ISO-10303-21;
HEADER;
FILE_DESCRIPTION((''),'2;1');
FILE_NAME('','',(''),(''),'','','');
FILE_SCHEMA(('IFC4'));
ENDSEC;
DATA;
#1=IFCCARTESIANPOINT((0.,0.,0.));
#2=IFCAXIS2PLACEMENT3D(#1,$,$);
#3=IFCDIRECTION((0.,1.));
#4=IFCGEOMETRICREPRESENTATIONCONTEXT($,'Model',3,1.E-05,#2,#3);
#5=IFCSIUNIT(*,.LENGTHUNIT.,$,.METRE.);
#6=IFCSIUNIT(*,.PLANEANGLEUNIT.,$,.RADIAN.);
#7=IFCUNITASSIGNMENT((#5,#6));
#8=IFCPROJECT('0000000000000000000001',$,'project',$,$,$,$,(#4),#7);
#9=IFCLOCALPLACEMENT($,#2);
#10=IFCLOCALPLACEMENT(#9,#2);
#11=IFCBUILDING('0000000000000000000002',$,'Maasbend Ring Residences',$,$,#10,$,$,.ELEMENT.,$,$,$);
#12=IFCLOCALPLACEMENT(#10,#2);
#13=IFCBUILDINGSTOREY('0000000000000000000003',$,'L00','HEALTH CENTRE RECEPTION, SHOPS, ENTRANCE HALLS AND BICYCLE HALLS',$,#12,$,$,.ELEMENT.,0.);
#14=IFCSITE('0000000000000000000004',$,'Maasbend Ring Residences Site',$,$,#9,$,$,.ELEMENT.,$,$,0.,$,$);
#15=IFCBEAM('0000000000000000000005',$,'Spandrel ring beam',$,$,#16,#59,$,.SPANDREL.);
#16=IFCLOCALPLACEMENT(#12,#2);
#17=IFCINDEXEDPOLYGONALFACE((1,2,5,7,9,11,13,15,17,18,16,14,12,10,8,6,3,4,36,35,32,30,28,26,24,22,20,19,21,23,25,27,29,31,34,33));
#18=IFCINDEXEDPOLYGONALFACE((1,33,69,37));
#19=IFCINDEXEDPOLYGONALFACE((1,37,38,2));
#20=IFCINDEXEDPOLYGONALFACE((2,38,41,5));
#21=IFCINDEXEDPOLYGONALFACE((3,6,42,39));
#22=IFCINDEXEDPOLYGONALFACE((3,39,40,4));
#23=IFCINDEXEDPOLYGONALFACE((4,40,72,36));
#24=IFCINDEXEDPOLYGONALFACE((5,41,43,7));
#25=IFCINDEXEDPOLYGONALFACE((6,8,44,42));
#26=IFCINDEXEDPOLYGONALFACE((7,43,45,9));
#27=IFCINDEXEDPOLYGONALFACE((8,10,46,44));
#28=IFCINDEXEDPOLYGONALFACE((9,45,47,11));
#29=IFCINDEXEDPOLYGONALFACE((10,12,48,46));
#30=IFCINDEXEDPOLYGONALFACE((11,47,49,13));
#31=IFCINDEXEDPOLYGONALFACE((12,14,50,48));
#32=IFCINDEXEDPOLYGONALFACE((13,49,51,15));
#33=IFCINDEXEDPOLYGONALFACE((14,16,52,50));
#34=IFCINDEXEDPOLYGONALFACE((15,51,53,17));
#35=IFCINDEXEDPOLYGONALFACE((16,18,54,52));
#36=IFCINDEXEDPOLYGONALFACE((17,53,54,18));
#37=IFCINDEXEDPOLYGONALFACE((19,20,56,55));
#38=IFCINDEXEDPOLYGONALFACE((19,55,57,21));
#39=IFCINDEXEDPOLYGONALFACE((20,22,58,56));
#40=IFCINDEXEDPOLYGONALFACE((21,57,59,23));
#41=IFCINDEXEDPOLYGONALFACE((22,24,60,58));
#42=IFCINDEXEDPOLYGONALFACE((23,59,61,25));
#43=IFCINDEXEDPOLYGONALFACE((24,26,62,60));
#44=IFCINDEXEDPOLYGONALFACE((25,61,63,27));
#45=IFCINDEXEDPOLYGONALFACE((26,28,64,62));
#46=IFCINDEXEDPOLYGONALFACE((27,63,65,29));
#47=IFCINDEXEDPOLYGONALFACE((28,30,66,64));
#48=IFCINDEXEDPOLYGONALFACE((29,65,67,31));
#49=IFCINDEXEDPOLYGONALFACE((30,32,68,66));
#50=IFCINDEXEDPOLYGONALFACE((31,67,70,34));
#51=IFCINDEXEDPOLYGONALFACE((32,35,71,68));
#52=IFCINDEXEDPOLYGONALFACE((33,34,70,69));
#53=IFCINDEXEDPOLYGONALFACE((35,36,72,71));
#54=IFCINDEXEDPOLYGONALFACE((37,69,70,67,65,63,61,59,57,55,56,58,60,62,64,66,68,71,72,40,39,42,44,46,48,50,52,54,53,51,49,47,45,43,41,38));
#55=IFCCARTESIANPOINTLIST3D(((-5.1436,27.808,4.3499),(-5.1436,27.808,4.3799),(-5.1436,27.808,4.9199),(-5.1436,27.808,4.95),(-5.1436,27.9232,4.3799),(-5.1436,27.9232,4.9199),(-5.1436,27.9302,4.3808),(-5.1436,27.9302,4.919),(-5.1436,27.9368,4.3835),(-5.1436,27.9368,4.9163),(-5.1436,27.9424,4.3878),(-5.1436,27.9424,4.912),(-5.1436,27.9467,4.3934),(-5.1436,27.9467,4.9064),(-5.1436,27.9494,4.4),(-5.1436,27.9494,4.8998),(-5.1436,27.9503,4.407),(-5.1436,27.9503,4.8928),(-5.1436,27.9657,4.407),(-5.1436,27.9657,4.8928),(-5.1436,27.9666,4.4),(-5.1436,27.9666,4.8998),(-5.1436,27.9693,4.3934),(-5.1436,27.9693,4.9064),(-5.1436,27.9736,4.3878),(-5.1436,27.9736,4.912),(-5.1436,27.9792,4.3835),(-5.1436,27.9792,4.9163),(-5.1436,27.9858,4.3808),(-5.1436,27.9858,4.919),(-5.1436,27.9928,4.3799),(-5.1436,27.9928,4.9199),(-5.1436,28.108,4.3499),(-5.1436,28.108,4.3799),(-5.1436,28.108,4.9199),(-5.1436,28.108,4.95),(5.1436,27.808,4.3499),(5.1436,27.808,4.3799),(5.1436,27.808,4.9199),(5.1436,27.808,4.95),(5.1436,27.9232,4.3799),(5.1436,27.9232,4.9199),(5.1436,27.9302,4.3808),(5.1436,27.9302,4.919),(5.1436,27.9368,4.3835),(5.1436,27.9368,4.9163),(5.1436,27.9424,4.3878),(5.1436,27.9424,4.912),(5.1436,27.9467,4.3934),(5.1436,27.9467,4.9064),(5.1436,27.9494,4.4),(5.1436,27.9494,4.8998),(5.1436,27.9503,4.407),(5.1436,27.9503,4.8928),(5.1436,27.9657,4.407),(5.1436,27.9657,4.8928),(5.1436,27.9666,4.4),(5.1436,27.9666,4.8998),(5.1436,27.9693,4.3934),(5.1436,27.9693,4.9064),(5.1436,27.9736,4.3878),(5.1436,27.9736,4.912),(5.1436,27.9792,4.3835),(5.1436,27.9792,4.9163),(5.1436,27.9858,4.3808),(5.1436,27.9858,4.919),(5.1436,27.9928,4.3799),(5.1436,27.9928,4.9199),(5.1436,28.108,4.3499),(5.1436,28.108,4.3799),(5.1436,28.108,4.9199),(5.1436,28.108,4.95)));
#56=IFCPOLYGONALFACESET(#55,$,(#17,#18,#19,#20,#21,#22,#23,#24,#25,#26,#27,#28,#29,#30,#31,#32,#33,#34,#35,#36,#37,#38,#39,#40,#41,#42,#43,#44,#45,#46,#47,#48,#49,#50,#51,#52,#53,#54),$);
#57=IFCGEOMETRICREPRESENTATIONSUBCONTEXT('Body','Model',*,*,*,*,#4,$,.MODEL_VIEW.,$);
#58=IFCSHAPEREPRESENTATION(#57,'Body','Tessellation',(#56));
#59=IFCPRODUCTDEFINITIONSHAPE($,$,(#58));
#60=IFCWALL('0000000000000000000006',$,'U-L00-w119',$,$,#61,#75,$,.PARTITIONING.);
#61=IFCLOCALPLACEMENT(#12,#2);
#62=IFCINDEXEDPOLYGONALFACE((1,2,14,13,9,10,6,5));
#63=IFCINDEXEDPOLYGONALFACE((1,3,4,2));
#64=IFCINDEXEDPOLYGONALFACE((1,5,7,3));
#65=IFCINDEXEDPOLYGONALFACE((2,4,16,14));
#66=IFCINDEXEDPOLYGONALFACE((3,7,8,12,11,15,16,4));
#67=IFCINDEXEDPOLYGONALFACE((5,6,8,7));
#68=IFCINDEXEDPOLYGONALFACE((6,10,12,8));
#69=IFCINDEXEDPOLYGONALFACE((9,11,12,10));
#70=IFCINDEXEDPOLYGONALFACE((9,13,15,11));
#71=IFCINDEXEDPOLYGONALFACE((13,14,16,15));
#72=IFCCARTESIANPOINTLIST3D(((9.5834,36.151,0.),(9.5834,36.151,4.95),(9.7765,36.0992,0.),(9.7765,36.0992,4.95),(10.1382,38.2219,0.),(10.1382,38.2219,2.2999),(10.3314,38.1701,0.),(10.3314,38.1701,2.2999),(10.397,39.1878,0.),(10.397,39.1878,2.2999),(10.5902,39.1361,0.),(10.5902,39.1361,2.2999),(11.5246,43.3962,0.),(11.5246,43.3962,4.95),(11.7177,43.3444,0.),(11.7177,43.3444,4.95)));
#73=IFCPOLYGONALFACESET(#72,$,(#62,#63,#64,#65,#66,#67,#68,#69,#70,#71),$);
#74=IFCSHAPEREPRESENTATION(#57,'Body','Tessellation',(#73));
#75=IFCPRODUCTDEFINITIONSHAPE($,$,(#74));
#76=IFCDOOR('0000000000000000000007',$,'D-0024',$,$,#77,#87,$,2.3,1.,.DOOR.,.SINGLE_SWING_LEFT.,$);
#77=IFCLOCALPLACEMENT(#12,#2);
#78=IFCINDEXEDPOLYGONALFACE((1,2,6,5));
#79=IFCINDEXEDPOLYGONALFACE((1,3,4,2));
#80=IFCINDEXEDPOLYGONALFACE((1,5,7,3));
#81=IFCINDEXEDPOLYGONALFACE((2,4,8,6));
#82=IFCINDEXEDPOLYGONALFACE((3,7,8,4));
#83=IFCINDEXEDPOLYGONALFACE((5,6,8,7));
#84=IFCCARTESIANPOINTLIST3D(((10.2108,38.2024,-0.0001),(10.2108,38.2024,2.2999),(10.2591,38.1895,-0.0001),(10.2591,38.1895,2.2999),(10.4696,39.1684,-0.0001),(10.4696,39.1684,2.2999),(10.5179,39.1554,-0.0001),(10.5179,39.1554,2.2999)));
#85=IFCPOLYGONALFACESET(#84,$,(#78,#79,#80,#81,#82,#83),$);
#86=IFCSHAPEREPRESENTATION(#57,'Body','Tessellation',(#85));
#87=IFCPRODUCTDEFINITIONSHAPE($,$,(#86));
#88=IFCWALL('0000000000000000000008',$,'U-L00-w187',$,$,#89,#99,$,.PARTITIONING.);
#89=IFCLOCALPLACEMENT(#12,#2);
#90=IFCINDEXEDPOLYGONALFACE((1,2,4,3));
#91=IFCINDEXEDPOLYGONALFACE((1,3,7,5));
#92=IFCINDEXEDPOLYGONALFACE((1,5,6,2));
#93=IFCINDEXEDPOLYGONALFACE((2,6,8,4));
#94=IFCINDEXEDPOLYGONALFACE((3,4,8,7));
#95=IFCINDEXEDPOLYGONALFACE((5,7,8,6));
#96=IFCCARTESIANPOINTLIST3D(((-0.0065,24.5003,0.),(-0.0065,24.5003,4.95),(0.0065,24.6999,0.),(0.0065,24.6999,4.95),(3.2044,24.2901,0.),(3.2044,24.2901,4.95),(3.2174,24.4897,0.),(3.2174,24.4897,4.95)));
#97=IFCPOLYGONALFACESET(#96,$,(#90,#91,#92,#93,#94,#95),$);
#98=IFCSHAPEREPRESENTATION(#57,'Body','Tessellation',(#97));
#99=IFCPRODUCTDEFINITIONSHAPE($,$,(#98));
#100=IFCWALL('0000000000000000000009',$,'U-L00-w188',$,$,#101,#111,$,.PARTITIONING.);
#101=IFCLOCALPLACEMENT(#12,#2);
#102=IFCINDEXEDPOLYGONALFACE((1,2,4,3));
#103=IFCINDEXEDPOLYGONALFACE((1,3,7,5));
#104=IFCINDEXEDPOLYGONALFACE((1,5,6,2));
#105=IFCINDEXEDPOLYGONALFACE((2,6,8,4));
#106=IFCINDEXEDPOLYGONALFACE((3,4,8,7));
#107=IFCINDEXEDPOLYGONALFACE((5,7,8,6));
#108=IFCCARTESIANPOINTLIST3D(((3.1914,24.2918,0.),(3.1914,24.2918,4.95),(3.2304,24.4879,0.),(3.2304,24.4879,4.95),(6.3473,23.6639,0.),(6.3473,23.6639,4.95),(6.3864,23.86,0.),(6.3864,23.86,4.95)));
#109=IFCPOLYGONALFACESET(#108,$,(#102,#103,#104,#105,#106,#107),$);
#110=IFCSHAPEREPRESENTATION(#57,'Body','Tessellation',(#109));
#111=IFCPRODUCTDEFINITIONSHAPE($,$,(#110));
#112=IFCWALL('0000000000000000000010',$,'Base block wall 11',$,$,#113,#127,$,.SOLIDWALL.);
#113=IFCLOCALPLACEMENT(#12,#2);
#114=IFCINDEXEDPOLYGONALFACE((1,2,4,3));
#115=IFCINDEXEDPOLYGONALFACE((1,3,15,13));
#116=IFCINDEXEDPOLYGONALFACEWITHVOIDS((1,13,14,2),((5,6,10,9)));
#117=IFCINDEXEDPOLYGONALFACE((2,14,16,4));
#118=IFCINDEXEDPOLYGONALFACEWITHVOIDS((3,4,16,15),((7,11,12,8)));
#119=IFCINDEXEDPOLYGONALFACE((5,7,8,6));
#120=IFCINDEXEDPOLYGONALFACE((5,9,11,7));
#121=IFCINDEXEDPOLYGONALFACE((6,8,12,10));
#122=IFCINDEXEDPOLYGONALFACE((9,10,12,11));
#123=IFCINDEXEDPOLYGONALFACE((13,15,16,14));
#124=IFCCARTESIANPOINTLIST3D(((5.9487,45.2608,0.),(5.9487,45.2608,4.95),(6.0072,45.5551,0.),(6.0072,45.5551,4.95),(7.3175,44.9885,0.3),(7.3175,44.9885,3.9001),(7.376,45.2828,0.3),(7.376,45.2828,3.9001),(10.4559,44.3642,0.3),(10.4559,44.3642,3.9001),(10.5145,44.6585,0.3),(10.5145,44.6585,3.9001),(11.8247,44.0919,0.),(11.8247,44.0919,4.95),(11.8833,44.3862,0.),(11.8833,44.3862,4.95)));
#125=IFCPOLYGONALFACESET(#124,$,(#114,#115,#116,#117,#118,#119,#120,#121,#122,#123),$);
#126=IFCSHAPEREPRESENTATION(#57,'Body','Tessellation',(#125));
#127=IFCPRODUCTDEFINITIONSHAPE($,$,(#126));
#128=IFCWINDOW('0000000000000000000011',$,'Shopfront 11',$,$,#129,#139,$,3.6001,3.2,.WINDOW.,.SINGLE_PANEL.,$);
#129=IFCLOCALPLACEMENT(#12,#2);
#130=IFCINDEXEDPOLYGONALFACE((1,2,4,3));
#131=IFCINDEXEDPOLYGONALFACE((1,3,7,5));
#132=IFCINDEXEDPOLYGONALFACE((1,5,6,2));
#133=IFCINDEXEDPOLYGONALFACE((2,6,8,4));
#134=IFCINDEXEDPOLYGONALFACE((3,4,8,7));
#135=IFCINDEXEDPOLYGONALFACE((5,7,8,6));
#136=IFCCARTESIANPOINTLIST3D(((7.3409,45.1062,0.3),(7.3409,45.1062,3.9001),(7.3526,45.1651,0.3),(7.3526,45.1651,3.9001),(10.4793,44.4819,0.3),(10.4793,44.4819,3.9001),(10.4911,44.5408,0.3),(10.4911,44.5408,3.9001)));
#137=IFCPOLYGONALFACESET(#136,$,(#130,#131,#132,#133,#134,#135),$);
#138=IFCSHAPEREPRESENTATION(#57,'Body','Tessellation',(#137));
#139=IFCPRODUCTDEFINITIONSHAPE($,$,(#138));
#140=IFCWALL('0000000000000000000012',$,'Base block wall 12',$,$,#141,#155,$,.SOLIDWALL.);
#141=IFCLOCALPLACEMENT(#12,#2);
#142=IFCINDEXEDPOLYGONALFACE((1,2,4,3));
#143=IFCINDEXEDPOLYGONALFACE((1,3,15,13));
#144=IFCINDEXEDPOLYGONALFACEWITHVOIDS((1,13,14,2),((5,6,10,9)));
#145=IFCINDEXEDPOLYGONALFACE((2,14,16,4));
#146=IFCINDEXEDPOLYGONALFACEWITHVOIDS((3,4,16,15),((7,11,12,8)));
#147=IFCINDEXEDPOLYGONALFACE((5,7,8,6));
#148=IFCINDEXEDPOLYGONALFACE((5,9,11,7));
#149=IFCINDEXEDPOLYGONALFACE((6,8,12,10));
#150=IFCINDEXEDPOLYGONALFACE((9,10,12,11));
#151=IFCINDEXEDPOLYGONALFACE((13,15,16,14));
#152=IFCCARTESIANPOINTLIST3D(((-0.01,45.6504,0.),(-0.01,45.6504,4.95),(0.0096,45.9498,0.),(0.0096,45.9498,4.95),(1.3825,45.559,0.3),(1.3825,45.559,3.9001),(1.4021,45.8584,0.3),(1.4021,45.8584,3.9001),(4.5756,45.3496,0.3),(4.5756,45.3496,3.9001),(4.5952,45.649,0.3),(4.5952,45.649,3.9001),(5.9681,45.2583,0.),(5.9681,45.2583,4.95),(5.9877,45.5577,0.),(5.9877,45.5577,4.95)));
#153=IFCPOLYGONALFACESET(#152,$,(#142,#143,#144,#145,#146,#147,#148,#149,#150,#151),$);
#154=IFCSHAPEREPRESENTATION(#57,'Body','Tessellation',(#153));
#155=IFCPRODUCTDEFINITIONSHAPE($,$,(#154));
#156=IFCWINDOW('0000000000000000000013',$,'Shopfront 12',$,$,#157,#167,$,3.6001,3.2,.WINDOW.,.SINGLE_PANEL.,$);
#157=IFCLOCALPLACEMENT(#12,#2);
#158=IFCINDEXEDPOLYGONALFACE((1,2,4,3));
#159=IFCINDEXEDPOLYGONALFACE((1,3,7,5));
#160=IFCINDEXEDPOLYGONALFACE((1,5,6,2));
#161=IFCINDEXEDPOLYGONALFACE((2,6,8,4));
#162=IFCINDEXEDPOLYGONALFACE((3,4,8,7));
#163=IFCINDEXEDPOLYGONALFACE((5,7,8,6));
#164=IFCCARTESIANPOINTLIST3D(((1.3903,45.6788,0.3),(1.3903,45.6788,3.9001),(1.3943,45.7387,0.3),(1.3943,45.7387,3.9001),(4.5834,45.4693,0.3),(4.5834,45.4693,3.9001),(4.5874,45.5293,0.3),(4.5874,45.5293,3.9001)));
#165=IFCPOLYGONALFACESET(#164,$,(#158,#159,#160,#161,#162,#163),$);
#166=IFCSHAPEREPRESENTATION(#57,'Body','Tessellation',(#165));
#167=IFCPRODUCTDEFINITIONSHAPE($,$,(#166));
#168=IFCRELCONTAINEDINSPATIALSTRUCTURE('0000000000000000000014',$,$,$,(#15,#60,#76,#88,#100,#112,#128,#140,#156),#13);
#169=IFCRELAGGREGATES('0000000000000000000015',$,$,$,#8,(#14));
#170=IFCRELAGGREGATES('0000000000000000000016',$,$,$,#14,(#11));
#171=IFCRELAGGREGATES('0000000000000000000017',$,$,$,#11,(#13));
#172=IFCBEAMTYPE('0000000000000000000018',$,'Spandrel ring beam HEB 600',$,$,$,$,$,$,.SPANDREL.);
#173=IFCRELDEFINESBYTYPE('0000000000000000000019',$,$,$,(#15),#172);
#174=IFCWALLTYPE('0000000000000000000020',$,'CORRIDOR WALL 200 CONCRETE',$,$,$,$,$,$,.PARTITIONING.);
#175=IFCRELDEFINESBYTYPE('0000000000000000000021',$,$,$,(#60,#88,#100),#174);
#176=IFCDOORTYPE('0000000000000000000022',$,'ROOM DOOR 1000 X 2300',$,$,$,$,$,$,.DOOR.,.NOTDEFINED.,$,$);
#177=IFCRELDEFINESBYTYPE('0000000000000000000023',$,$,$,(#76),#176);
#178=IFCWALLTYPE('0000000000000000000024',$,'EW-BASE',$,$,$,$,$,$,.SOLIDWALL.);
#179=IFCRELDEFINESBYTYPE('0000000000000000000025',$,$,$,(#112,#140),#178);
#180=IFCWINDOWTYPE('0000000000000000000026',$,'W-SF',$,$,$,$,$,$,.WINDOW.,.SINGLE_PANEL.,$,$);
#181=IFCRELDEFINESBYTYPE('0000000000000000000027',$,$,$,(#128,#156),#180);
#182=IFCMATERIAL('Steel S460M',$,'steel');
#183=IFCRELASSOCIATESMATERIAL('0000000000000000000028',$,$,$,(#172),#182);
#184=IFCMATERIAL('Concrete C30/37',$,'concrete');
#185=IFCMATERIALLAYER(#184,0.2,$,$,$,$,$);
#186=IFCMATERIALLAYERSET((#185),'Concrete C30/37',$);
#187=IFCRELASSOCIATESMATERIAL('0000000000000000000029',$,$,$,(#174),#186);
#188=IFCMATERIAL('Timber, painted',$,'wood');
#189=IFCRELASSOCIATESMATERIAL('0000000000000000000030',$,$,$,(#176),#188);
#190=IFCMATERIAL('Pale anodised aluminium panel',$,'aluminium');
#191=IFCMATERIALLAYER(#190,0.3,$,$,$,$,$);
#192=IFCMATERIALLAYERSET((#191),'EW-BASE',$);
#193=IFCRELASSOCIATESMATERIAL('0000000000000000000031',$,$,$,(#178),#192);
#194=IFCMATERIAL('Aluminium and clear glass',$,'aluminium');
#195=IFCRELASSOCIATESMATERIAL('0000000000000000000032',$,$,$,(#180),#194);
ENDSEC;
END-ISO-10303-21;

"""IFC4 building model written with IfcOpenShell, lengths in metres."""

from ifc_helpers import new_model, si_unit, direction, frame, frame_2d, origin, origin_2d, place, context, subcontext, project, spatial, rectangle, i_section, extrude, material, layer, layer_set, material_profile, profile_set, type_object, element, fill, save


model = new_model("IFC4")

# Units and contexts
model_context = context("Model", 3, precision=1e-05, world=origin(), true_north=direction((0.0, 1.0)))
body_context = subcontext(model_context, "Body", "Model", "MODEL_VIEW")
ifc_project = project(units=[si_unit("LENGTHUNIT", "METRE"), si_unit("PLANEANGLEUNIT", "RADIAN")], contexts=[model_context])

# Site, building, storey
site_placement = place(None, origin())
site = spatial("IfcSite", under=ifc_project, at=site_placement, Name="Maasbend Ring Residences Site", CompositionType="ELEMENT", RefElevation=0.0)
building_placement = place(site_placement, origin())
building = spatial("IfcBuilding", under=site, at=building_placement, Name="Maasbend Ring Residences", CompositionType="ELEMENT")
storey_placement = place(building_placement, origin())
storey = spatial("IfcBuildingStorey", under=building, at=storey_placement, Name="L00", Description="HEALTH CENTRE RECEPTION, SHOPS, ENTRANCE HALLS AND BICYCLE HALLS", CompositionType="ELEMENT", Elevation=0.0)

# Beam
ifc_material_1 = material(Name="Steel S460M", Category="steel")
ifc_material_profile_1 = material_profile(ifc_material_1, i_section(OverallWidth=0.3, OverallDepth=0.6001, WebThickness=0.0154, FlangeThickness=0.03, FilletRadius=0.0271, at=origin_2d()), Name="HEB 600")
ifc_profile_set_1 = profile_set([ifc_material_profile_1], Name="Steel S460M")
beam_type_1 = type_object("IfcBeamType", Name="Spandrel ring beam HEB 600", PredefinedType="SPANDREL", material=ifc_profile_set_1)
beam_1_placement = place(storey_placement, frame((5.1436, 27.958, 4.6499), z_axis=(-1.0, 0.0, 0.0), x_axis=(0.0, -1.0, 0.0)))
element("IfcBeam", 1, at=beam_1_placement, inside=storey, type_object=beam_type_1, Name="Spandrel ring beam", PredefinedType="SPANDREL", context=body_context, shape_type="SweptSolid", body=[
    extrude(i_section(OverallWidth=0.3, OverallDepth=0.6001, WebThickness=0.0154, FlangeThickness=0.03, FilletRadius=0.0271, at=origin_2d()), origin(), (0.0, 0.0, 1.0), 10.2871),
])

# Wall, opening, door
ifc_material_2 = material(Name="Concrete C30/37", Category="concrete")
ifc_layer_1 = layer(ifc_material_2, 0.2)
ifc_layer_set_1 = layer_set([ifc_layer_1], Name="Concrete C30/37")
wall_type_1 = type_object("IfcWallType", Name="CORRIDOR WALL 200 CONCRETE", PredefinedType="PARTITIONING", material=ifc_layer_set_1)
wall_1_placement = place(storey_placement, frame((9.6799, 36.125, 0.0), z_axis=(0.0, 0.0, 1.0), x_axis=(0.258799, 0.965931, 0.0)))
wall_1 = element("IfcWall", 2, at=wall_1_placement, inside=storey, type_object=wall_type_1, Name="U-L00-w119", PredefinedType="PARTITIONING", context=body_context, shape_type="SweptSolid", body=[
    extrude(rectangle(XDim=7.5007, YDim=0.2, at=frame_2d((3.7505, 0.0))), origin(), (0.0, 0.0, 1.0), 4.95),
])
opening_1_placement = place(wall_1_placement, frame((2.144, 0.0, 0.0)))
opening_1 = element("IfcOpeningElement", 3, at=opening_1_placement, cuts=wall_1, PredefinedType="OPENING", context=body_context, shape_type="SweptSolid", body=[
    extrude(rectangle(XDim=1.0, YDim=2.3, at=frame_2d((0.5, 1.1499))), frame((0.0, 0.1099, 0.0), z_axis=(0.0, -1.0, 0.0), x_axis=(1.0, 0.0, 0.0)), (0.0, 0.0, 1.0), 0.22),
])
ifc_material_3 = material(Name="Timber, painted", Category="wood")
door_type_1 = type_object("IfcDoorType", Name="ROOM DOOR 1000 X 2300", OperationType="NOTDEFINED", PredefinedType="DOOR", material=ifc_material_3)
door_1_placement = place(opening_1_placement, origin())
door_1 = element("IfcDoor", 4, at=door_1_placement, inside=storey, type_object=door_type_1, Name="D-0024", OperationType="SINGLE_SWING_LEFT", OverallHeight=2.3, OverallWidth=1.0, PredefinedType="DOOR", context=body_context, shape_type="SweptSolid", body=[
    extrude(rectangle(XDim=1.0, YDim=2.3, at=frame_2d((0.5, 1.1499))), frame((0.0, 0.0249, 0.0), z_axis=(0.0, -1.0, 0.0), x_axis=(1.0, 0.0, 0.0)), (0.0, 0.0, 1.0), 0.05),
])
fill(opening_1, door_1)

# Walls
for number, where, z_axis, x_axis, name in (
    (5, (0.0, 24.6001, 0.0), (0.0, 0.0, 1.0), (0.997864, -0.065325, 0.0), "U-L00-w187"),
    (6, (3.2109, 24.3899, 0.0), (0.0, 0.0, 1.0), (0.980776, -0.195138, 0.0), "U-L00-w188"),
):
    element("IfcWall", number, at=place(storey_placement, frame(where, z_axis=z_axis, x_axis=x_axis)), inside=storey, type_object=wall_type_1, Name=name, PredefinedType="PARTITIONING", context=body_context, shape_type="SweptSolid", body=[
        extrude(rectangle(XDim=3.2178, YDim=0.2, at=frame_2d((1.6089, 0.0))), origin(), (0.0, 0.0, 1.0), 4.95),
    ])

# Walls, openings, windows
ifc_material_4 = material(Name="Pale anodised aluminium panel", Category="aluminium")
ifc_layer_2 = layer(ifc_material_4, 0.3)
ifc_layer_set_2 = layer_set([ifc_layer_2], Name="EW-BASE")
wall_type_2 = type_object("IfcWallType", Name="EW-BASE", PredefinedType="SOLIDWALL", material=ifc_layer_set_2)
wall_2_placement = place(storey_placement, frame((11.854, 44.239, 0.0), z_axis=(0.0, 0.0, 1.0), x_axis=(-0.980781, 0.195113, 0.0)))
wall_2 = element("IfcWall", 7, at=wall_2_placement, inside=storey, type_object=wall_type_2, Name="Base block wall 11", PredefinedType="SOLIDWALL", context=body_context, shape_type="SweptSolid", body=[
    extrude(rectangle(XDim=5.9912, YDim=0.3, at=frame_2d((2.9956, 0.0))), origin(), (0.0, 0.0, 1.0), 4.95),
])
opening_2_placement = place(wall_2_placement, frame((1.3955, 0.0, 0.3)))
opening_2 = element("IfcOpeningElement", 8, at=opening_2_placement, cuts=wall_2, PredefinedType="OPENING", context=body_context, shape_type="SweptSolid", body=[
    extrude(rectangle(XDim=3.2, YDim=3.6001, at=frame_2d((1.6001, 1.8))), frame((0.0, 0.1602, 0.0), z_axis=(0.0, -1.0, 0.0), x_axis=(1.0, 0.0, 0.0)), (0.0, 0.0, 1.0), 0.3201),
])
ifc_material_5 = material(Name="Aluminium and clear glass", Category="aluminium")
window_type = type_object("IfcWindowType", Name="W-SF", PartitioningType="SINGLE_PANEL", PredefinedType="WINDOW", material=ifc_material_5)
window_1_placement = place(opening_2_placement, origin())
window_1 = element("IfcWindow", 9, at=window_1_placement, inside=storey, type_object=window_type, Name="Shopfront 11", OverallHeight=3.6001, OverallWidth=3.2, PartitioningType="SINGLE_PANEL", PredefinedType="WINDOW", context=body_context, shape_type="SweptSolid", body=[
    extrude(rectangle(XDim=3.2, YDim=3.6001, at=frame_2d((1.6001, 1.8))), frame((0.0, 0.03, 0.0), z_axis=(0.0, -1.0, 0.0), x_axis=(1.0, 0.0, 0.0)), (0.0, 0.0, 1.0), 0.0601),
])
fill(opening_2, window_1)
wall_3_placement = place(storey_placement, frame((5.978, 45.408, 0.0), z_axis=(0.0, 0.0, 1.0), x_axis=(-0.997856, 0.065448, 0.0)))
wall_3 = element("IfcWall", 10, at=wall_3_placement, inside=storey, type_object=wall_type_2, Name="Base block wall 12", PredefinedType="SOLIDWALL", context=body_context, shape_type="SweptSolid", body=[
    extrude(rectangle(XDim=5.991, YDim=0.3, at=frame_2d((2.9956, 0.0))), origin(), (0.0, 0.0, 1.0), 4.95),
])
opening_3_placement = place(wall_3_placement, frame((1.3955, 0.0, 0.3)))
opening_3 = element("IfcOpeningElement", 11, at=opening_3_placement, cuts=wall_3, PredefinedType="OPENING", context=body_context, shape_type="SweptSolid", body=[
    extrude(rectangle(XDim=3.2, YDim=3.6001, at=frame_2d((1.6001, 1.8))), frame((0.0, 0.1602, 0.0), z_axis=(0.0, -1.0, 0.0), x_axis=(1.0, 0.0, 0.0)), (0.0, 0.0, 1.0), 0.3201),
])
window_2_placement = place(opening_3_placement, origin())
window_2 = element("IfcWindow", 12, at=window_2_placement, inside=storey, type_object=window_type, Name="Shopfront 12", OverallHeight=3.6001, OverallWidth=3.2, PartitioningType="SINGLE_PANEL", PredefinedType="WINDOW", context=body_context, shape_type="SweptSolid", body=[
    extrude(rectangle(XDim=3.2, YDim=3.6001, at=frame_2d((1.6001, 1.8))), frame((0.0, 0.03, 0.0), z_axis=(0.0, -1.0, 0.0), x_axis=(1.0, 0.0, 0.0)), (0.0, 0.0, 1.0), 0.0601),
])
fill(opening_3, window_2)

save(model, "model.ifc")
